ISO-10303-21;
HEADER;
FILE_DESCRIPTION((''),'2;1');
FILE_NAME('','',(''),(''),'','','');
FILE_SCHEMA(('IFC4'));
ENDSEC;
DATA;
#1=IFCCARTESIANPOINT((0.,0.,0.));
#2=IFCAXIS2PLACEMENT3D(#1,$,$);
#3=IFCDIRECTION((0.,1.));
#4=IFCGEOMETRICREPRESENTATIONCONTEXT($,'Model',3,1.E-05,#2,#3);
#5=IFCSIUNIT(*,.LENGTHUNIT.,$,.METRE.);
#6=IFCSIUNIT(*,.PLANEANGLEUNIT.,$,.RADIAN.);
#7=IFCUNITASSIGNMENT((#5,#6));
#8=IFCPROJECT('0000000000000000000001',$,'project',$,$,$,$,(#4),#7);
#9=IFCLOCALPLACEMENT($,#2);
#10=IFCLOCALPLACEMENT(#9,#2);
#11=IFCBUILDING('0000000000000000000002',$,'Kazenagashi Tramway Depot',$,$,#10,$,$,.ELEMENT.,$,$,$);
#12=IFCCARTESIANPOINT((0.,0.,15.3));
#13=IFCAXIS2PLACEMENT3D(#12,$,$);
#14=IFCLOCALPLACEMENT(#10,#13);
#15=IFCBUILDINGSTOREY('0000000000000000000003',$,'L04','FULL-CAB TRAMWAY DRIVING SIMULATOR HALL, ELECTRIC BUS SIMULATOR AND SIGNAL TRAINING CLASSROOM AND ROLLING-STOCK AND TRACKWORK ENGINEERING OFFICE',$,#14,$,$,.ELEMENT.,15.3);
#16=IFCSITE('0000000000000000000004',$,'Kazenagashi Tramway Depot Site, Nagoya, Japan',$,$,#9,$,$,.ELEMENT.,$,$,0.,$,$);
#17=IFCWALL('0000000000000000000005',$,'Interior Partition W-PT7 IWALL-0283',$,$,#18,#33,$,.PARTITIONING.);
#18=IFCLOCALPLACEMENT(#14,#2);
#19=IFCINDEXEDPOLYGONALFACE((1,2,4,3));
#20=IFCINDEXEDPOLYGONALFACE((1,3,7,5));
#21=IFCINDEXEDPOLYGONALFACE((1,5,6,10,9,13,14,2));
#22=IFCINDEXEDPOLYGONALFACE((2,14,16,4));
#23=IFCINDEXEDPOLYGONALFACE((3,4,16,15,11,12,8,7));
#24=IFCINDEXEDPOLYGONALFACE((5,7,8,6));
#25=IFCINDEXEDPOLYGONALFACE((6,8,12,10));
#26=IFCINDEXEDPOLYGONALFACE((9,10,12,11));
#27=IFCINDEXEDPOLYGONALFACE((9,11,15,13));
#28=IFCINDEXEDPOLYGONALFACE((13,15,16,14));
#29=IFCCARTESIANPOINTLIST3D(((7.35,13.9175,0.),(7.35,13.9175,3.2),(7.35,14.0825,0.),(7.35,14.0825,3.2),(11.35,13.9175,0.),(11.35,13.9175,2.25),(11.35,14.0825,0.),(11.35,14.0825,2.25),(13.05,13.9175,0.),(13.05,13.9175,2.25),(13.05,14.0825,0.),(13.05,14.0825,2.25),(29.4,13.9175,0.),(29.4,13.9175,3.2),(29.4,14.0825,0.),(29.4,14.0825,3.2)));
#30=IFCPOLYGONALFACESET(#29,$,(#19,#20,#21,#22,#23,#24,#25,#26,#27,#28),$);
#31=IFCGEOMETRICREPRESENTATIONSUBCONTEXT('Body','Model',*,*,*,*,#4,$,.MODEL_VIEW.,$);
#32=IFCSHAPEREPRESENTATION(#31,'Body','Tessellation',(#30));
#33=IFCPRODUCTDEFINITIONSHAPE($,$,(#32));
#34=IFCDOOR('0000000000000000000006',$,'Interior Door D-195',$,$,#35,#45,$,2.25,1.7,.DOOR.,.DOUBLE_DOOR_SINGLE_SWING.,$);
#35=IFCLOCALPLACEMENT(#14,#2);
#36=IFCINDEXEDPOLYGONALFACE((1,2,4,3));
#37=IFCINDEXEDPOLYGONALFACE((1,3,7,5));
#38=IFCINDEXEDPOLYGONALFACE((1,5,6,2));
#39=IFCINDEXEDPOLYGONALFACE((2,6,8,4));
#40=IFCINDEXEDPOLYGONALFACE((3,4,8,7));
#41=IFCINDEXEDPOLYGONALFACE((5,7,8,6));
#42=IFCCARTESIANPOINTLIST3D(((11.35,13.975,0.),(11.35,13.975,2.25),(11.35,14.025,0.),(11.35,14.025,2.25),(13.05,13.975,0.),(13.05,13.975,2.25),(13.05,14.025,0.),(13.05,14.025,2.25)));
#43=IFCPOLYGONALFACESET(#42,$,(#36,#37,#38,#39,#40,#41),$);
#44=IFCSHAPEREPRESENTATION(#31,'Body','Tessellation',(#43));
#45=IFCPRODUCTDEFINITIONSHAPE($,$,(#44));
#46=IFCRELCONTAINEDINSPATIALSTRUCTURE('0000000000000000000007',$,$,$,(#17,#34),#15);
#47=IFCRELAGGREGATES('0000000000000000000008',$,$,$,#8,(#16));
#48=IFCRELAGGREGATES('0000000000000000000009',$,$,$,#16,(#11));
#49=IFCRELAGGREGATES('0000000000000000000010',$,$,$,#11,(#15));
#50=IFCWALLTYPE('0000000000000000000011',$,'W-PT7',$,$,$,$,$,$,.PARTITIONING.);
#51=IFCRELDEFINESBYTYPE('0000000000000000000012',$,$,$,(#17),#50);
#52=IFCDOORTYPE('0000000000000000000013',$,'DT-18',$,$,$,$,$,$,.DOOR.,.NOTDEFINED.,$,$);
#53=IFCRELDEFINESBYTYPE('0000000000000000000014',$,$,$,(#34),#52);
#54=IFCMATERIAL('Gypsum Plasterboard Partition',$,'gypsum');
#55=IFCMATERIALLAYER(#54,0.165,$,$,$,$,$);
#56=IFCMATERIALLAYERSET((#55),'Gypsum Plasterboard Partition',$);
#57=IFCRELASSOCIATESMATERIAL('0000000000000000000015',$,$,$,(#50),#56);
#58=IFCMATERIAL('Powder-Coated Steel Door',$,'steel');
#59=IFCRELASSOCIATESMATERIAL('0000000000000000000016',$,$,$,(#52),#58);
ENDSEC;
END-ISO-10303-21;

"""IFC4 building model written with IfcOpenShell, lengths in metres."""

from ifc_helpers import new_model, si_unit, direction, frame, frame_2d, origin, place, context, subcontext, project, spatial, rectangle, extrude, material, layer, layer_set, type_object, element, fill, save


model = new_model("IFC4")

# Units and contexts
model_context = context("Model", 3, precision=1e-05, world=origin(), true_north=direction((0.0, 1.0)))
body_context = subcontext(model_context, "Body", "Model", "MODEL_VIEW")
ifc_project = project(units=[si_unit("LENGTHUNIT", "METRE"), si_unit("PLANEANGLEUNIT", "RADIAN")], contexts=[model_context])

# Site, building, storey
site_placement = place(None, origin())
site = spatial("IfcSite", under=ifc_project, at=site_placement, Name="Kazenagashi Tramway Depot Site, Nagoya, Japan", CompositionType="ELEMENT", RefElevation=0.0)
building_placement = place(site_placement, origin())
building = spatial("IfcBuilding", under=site, at=building_placement, Name="Kazenagashi Tramway Depot", CompositionType="ELEMENT")
storey_placement = place(building_placement, frame((0.0, 0.0, 15.3)))
storey = spatial("IfcBuildingStorey", under=building, at=storey_placement, Name="L04", Description="FULL-CAB TRAMWAY DRIVING SIMULATOR HALL, ELECTRIC BUS SIMULATOR AND SIGNAL TRAINING CLASSROOM AND ROLLING-STOCK AND TRACKWORK ENGINEERING OFFICE", CompositionType="ELEMENT", Elevation=15.3)

# Wall, opening, door
ifc_material_1 = material(Name="Gypsum Plasterboard Partition", Category="gypsum")
ifc_layer_1 = layer(ifc_material_1, 0.165)
ifc_layer_set_1 = layer_set([ifc_layer_1], Name="Gypsum Plasterboard Partition")
wall_type_1 = type_object("IfcWallType", Name="W-PT7", PredefinedType="PARTITIONING", material=ifc_layer_set_1)
wall_1_placement = place(storey_placement, frame((7.35, 14.0, 0.0), z_axis=(0.0, 0.0, 1.0), x_axis=(1.0, 0.0, 0.0)))
wall_1 = element("IfcWall", 1, at=wall_1_placement, inside=storey, type_object=wall_type_1, Name="Interior Partition W-PT7 IWALL-0283", PredefinedType="PARTITIONING", context=body_context, shape_type="SweptSolid", body=[
    extrude(rectangle(XDim=22.05, YDim=0.165, at=frame_2d((11.025, 0.0))), origin(), (0.0, 0.0, 1.0), 3.2),
])
opening_1_placement = place(wall_1_placement, frame((4.0, 0.0, 0.0)))
opening_1 = element("IfcOpeningElement", 2, at=opening_1_placement, cuts=wall_1, PredefinedType="OPENING", context=body_context, shape_type="SweptSolid", body=[
    extrude(rectangle(XDim=1.7, YDim=2.25, at=frame_2d((0.85, 1.125))), frame((0.0, 0.0925, 0.0), z_axis=(0.0, -1.0, 0.0), x_axis=(1.0, 0.0, 0.0)), (0.0, 0.0, 1.0), 0.185),
])
ifc_material_2 = material(Name="Powder-Coated Steel Door", Category="steel")
door_type = type_object("IfcDoorType", Name="DT-18", OperationType="NOTDEFINED", PredefinedType="DOOR", material=ifc_material_2)
door_placement = place(opening_1_placement, origin())
door = element("IfcDoor", 3, at=door_placement, inside=storey, type_object=door_type, Name="Interior Door D-195", OperationType="DOUBLE_DOOR_SINGLE_SWING", OverallHeight=2.25, OverallWidth=1.7, PredefinedType="DOOR", context=body_context, shape_type="SweptSolid", body=[
    extrude(rectangle(XDim=1.7, YDim=2.25, at=frame_2d((0.85, 1.125))), frame((0.0, 0.025, 0.0), z_axis=(0.0, -1.0, 0.0), x_axis=(1.0, 0.0, 0.0)), (0.0, 0.0, 1.0), 0.05),
])
fill(opening_1, door)

save(model, "model.ifc")
